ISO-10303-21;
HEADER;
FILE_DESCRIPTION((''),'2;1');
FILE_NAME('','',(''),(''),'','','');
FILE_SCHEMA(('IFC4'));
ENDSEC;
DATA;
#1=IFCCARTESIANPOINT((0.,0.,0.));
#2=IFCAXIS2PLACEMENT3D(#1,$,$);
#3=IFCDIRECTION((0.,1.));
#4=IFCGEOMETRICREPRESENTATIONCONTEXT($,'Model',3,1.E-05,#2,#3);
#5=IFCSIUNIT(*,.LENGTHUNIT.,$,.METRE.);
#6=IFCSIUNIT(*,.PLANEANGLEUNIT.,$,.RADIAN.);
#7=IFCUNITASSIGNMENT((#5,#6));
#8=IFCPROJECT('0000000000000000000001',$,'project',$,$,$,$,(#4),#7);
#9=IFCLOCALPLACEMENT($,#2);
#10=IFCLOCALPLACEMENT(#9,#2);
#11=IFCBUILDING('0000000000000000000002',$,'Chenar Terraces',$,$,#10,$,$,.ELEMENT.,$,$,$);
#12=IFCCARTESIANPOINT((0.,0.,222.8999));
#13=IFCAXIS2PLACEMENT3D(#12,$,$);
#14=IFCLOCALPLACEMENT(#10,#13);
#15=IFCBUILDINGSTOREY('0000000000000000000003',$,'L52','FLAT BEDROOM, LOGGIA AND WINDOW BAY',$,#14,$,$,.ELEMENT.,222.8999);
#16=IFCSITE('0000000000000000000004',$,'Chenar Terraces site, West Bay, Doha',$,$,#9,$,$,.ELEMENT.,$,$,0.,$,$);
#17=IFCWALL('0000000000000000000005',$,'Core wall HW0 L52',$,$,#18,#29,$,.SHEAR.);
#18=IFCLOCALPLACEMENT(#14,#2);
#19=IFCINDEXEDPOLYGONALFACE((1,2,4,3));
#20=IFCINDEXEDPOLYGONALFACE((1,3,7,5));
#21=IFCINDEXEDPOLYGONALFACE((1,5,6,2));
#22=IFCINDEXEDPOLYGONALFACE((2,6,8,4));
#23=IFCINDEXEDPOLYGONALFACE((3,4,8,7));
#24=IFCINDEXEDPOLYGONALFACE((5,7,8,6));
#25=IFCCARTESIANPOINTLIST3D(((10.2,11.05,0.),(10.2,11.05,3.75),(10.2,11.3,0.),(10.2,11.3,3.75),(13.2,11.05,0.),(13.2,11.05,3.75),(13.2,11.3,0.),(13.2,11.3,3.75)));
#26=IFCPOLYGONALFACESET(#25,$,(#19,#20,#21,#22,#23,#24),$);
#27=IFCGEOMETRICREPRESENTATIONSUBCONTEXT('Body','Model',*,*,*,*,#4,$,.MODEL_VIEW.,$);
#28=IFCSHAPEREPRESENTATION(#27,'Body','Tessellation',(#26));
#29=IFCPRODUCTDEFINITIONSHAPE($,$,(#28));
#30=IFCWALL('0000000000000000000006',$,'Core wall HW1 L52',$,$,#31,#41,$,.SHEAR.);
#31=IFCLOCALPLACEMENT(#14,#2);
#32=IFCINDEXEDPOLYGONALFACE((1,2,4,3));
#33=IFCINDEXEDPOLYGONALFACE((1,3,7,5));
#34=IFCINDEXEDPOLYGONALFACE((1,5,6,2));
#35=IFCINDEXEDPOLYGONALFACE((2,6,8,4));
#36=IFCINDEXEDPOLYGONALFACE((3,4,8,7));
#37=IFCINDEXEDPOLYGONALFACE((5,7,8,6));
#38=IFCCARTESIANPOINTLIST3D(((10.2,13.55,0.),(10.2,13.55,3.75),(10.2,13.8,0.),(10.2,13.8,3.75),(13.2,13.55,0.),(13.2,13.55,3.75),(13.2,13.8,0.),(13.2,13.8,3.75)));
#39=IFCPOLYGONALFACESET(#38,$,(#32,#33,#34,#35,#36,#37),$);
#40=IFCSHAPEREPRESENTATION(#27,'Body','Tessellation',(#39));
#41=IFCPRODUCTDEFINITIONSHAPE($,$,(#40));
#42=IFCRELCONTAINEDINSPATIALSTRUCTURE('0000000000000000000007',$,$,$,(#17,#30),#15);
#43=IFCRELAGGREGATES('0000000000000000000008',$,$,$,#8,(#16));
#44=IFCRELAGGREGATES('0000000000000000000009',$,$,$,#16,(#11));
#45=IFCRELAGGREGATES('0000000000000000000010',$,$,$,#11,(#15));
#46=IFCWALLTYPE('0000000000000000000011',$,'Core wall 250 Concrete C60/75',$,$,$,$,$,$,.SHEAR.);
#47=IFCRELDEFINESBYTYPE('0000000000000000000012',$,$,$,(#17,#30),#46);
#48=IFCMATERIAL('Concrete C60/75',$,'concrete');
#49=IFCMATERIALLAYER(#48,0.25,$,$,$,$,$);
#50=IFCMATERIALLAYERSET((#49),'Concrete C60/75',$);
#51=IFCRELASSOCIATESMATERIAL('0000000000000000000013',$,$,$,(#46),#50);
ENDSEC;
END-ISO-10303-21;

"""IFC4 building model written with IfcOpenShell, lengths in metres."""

from ifc_helpers import new_model, si_unit, direction, frame, frame_2d, origin, place, context, subcontext, project, spatial, rectangle, extrude, material, layer, layer_set, type_object, element, save


model = new_model("IFC4")

# Units and contexts
model_context = context("Model", 3, precision=1e-05, world=origin(), true_north=direction((0.0, 1.0)))
body_context = subcontext(model_context, "Body", "Model", "MODEL_VIEW")
ifc_project = project(units=[si_unit("LENGTHUNIT", "METRE"), si_unit("PLANEANGLEUNIT", "RADIAN")], contexts=[model_context])

# Site, building, storey
site_placement = place(None, origin())
site = spatial("IfcSite", under=ifc_project, at=site_placement, Name="Chenar Terraces site, West Bay, Doha", CompositionType="ELEMENT", RefElevation=0.0)
building_placement = place(site_placement, origin())
building = spatial("IfcBuilding", under=site, at=building_placement, Name="Chenar Terraces", CompositionType="ELEMENT")
storey_placement = place(building_placement, frame((0.0, 0.0, 222.8999)))
storey = spatial("IfcBuildingStorey", under=building, at=storey_placement, Name="L52", Description="FLAT BEDROOM, LOGGIA AND WINDOW BAY", CompositionType="ELEMENT", Elevation=222.8999)

# Shared definitions
ifc_material_1 = material(Name="Concrete C60/75", Category="concrete")
ifc_layer_1 = layer(ifc_material_1, 0.25)
ifc_layer_set_1 = layer_set([ifc_layer_1], Name="Concrete C60/75")
wall_type_1 = type_object("IfcWallType", Name="Core wall 250 Concrete C60/75", PredefinedType="SHEAR", material=ifc_layer_set_1)

# Walls
for number, where, z_axis, x_axis, name in (
    (1, (10.2, 11.175, 0.0), (0.0, 0.0, 1.0), (1.0, 0.0, 0.0), "Core wall HW0 L52"),
    (2, (10.2, 13.675, 0.0), (0.0, 0.0, 1.0), (1.0, 0.0, 0.0), "Core wall HW1 L52"),
):
    element("IfcWall", number, at=place(storey_placement, frame(where, z_axis=z_axis, x_axis=x_axis)), inside=storey, type_object=wall_type_1, Name=name, PredefinedType="SHEAR", context=body_context, shape_type="SweptSolid", body=[
        extrude(rectangle(XDim=3.0, YDim=0.25, at=frame_2d((1.5, 0.0))), origin(), (0.0, 0.0, 1.0), 3.75),
    ])

save(model, "model.ifc")
